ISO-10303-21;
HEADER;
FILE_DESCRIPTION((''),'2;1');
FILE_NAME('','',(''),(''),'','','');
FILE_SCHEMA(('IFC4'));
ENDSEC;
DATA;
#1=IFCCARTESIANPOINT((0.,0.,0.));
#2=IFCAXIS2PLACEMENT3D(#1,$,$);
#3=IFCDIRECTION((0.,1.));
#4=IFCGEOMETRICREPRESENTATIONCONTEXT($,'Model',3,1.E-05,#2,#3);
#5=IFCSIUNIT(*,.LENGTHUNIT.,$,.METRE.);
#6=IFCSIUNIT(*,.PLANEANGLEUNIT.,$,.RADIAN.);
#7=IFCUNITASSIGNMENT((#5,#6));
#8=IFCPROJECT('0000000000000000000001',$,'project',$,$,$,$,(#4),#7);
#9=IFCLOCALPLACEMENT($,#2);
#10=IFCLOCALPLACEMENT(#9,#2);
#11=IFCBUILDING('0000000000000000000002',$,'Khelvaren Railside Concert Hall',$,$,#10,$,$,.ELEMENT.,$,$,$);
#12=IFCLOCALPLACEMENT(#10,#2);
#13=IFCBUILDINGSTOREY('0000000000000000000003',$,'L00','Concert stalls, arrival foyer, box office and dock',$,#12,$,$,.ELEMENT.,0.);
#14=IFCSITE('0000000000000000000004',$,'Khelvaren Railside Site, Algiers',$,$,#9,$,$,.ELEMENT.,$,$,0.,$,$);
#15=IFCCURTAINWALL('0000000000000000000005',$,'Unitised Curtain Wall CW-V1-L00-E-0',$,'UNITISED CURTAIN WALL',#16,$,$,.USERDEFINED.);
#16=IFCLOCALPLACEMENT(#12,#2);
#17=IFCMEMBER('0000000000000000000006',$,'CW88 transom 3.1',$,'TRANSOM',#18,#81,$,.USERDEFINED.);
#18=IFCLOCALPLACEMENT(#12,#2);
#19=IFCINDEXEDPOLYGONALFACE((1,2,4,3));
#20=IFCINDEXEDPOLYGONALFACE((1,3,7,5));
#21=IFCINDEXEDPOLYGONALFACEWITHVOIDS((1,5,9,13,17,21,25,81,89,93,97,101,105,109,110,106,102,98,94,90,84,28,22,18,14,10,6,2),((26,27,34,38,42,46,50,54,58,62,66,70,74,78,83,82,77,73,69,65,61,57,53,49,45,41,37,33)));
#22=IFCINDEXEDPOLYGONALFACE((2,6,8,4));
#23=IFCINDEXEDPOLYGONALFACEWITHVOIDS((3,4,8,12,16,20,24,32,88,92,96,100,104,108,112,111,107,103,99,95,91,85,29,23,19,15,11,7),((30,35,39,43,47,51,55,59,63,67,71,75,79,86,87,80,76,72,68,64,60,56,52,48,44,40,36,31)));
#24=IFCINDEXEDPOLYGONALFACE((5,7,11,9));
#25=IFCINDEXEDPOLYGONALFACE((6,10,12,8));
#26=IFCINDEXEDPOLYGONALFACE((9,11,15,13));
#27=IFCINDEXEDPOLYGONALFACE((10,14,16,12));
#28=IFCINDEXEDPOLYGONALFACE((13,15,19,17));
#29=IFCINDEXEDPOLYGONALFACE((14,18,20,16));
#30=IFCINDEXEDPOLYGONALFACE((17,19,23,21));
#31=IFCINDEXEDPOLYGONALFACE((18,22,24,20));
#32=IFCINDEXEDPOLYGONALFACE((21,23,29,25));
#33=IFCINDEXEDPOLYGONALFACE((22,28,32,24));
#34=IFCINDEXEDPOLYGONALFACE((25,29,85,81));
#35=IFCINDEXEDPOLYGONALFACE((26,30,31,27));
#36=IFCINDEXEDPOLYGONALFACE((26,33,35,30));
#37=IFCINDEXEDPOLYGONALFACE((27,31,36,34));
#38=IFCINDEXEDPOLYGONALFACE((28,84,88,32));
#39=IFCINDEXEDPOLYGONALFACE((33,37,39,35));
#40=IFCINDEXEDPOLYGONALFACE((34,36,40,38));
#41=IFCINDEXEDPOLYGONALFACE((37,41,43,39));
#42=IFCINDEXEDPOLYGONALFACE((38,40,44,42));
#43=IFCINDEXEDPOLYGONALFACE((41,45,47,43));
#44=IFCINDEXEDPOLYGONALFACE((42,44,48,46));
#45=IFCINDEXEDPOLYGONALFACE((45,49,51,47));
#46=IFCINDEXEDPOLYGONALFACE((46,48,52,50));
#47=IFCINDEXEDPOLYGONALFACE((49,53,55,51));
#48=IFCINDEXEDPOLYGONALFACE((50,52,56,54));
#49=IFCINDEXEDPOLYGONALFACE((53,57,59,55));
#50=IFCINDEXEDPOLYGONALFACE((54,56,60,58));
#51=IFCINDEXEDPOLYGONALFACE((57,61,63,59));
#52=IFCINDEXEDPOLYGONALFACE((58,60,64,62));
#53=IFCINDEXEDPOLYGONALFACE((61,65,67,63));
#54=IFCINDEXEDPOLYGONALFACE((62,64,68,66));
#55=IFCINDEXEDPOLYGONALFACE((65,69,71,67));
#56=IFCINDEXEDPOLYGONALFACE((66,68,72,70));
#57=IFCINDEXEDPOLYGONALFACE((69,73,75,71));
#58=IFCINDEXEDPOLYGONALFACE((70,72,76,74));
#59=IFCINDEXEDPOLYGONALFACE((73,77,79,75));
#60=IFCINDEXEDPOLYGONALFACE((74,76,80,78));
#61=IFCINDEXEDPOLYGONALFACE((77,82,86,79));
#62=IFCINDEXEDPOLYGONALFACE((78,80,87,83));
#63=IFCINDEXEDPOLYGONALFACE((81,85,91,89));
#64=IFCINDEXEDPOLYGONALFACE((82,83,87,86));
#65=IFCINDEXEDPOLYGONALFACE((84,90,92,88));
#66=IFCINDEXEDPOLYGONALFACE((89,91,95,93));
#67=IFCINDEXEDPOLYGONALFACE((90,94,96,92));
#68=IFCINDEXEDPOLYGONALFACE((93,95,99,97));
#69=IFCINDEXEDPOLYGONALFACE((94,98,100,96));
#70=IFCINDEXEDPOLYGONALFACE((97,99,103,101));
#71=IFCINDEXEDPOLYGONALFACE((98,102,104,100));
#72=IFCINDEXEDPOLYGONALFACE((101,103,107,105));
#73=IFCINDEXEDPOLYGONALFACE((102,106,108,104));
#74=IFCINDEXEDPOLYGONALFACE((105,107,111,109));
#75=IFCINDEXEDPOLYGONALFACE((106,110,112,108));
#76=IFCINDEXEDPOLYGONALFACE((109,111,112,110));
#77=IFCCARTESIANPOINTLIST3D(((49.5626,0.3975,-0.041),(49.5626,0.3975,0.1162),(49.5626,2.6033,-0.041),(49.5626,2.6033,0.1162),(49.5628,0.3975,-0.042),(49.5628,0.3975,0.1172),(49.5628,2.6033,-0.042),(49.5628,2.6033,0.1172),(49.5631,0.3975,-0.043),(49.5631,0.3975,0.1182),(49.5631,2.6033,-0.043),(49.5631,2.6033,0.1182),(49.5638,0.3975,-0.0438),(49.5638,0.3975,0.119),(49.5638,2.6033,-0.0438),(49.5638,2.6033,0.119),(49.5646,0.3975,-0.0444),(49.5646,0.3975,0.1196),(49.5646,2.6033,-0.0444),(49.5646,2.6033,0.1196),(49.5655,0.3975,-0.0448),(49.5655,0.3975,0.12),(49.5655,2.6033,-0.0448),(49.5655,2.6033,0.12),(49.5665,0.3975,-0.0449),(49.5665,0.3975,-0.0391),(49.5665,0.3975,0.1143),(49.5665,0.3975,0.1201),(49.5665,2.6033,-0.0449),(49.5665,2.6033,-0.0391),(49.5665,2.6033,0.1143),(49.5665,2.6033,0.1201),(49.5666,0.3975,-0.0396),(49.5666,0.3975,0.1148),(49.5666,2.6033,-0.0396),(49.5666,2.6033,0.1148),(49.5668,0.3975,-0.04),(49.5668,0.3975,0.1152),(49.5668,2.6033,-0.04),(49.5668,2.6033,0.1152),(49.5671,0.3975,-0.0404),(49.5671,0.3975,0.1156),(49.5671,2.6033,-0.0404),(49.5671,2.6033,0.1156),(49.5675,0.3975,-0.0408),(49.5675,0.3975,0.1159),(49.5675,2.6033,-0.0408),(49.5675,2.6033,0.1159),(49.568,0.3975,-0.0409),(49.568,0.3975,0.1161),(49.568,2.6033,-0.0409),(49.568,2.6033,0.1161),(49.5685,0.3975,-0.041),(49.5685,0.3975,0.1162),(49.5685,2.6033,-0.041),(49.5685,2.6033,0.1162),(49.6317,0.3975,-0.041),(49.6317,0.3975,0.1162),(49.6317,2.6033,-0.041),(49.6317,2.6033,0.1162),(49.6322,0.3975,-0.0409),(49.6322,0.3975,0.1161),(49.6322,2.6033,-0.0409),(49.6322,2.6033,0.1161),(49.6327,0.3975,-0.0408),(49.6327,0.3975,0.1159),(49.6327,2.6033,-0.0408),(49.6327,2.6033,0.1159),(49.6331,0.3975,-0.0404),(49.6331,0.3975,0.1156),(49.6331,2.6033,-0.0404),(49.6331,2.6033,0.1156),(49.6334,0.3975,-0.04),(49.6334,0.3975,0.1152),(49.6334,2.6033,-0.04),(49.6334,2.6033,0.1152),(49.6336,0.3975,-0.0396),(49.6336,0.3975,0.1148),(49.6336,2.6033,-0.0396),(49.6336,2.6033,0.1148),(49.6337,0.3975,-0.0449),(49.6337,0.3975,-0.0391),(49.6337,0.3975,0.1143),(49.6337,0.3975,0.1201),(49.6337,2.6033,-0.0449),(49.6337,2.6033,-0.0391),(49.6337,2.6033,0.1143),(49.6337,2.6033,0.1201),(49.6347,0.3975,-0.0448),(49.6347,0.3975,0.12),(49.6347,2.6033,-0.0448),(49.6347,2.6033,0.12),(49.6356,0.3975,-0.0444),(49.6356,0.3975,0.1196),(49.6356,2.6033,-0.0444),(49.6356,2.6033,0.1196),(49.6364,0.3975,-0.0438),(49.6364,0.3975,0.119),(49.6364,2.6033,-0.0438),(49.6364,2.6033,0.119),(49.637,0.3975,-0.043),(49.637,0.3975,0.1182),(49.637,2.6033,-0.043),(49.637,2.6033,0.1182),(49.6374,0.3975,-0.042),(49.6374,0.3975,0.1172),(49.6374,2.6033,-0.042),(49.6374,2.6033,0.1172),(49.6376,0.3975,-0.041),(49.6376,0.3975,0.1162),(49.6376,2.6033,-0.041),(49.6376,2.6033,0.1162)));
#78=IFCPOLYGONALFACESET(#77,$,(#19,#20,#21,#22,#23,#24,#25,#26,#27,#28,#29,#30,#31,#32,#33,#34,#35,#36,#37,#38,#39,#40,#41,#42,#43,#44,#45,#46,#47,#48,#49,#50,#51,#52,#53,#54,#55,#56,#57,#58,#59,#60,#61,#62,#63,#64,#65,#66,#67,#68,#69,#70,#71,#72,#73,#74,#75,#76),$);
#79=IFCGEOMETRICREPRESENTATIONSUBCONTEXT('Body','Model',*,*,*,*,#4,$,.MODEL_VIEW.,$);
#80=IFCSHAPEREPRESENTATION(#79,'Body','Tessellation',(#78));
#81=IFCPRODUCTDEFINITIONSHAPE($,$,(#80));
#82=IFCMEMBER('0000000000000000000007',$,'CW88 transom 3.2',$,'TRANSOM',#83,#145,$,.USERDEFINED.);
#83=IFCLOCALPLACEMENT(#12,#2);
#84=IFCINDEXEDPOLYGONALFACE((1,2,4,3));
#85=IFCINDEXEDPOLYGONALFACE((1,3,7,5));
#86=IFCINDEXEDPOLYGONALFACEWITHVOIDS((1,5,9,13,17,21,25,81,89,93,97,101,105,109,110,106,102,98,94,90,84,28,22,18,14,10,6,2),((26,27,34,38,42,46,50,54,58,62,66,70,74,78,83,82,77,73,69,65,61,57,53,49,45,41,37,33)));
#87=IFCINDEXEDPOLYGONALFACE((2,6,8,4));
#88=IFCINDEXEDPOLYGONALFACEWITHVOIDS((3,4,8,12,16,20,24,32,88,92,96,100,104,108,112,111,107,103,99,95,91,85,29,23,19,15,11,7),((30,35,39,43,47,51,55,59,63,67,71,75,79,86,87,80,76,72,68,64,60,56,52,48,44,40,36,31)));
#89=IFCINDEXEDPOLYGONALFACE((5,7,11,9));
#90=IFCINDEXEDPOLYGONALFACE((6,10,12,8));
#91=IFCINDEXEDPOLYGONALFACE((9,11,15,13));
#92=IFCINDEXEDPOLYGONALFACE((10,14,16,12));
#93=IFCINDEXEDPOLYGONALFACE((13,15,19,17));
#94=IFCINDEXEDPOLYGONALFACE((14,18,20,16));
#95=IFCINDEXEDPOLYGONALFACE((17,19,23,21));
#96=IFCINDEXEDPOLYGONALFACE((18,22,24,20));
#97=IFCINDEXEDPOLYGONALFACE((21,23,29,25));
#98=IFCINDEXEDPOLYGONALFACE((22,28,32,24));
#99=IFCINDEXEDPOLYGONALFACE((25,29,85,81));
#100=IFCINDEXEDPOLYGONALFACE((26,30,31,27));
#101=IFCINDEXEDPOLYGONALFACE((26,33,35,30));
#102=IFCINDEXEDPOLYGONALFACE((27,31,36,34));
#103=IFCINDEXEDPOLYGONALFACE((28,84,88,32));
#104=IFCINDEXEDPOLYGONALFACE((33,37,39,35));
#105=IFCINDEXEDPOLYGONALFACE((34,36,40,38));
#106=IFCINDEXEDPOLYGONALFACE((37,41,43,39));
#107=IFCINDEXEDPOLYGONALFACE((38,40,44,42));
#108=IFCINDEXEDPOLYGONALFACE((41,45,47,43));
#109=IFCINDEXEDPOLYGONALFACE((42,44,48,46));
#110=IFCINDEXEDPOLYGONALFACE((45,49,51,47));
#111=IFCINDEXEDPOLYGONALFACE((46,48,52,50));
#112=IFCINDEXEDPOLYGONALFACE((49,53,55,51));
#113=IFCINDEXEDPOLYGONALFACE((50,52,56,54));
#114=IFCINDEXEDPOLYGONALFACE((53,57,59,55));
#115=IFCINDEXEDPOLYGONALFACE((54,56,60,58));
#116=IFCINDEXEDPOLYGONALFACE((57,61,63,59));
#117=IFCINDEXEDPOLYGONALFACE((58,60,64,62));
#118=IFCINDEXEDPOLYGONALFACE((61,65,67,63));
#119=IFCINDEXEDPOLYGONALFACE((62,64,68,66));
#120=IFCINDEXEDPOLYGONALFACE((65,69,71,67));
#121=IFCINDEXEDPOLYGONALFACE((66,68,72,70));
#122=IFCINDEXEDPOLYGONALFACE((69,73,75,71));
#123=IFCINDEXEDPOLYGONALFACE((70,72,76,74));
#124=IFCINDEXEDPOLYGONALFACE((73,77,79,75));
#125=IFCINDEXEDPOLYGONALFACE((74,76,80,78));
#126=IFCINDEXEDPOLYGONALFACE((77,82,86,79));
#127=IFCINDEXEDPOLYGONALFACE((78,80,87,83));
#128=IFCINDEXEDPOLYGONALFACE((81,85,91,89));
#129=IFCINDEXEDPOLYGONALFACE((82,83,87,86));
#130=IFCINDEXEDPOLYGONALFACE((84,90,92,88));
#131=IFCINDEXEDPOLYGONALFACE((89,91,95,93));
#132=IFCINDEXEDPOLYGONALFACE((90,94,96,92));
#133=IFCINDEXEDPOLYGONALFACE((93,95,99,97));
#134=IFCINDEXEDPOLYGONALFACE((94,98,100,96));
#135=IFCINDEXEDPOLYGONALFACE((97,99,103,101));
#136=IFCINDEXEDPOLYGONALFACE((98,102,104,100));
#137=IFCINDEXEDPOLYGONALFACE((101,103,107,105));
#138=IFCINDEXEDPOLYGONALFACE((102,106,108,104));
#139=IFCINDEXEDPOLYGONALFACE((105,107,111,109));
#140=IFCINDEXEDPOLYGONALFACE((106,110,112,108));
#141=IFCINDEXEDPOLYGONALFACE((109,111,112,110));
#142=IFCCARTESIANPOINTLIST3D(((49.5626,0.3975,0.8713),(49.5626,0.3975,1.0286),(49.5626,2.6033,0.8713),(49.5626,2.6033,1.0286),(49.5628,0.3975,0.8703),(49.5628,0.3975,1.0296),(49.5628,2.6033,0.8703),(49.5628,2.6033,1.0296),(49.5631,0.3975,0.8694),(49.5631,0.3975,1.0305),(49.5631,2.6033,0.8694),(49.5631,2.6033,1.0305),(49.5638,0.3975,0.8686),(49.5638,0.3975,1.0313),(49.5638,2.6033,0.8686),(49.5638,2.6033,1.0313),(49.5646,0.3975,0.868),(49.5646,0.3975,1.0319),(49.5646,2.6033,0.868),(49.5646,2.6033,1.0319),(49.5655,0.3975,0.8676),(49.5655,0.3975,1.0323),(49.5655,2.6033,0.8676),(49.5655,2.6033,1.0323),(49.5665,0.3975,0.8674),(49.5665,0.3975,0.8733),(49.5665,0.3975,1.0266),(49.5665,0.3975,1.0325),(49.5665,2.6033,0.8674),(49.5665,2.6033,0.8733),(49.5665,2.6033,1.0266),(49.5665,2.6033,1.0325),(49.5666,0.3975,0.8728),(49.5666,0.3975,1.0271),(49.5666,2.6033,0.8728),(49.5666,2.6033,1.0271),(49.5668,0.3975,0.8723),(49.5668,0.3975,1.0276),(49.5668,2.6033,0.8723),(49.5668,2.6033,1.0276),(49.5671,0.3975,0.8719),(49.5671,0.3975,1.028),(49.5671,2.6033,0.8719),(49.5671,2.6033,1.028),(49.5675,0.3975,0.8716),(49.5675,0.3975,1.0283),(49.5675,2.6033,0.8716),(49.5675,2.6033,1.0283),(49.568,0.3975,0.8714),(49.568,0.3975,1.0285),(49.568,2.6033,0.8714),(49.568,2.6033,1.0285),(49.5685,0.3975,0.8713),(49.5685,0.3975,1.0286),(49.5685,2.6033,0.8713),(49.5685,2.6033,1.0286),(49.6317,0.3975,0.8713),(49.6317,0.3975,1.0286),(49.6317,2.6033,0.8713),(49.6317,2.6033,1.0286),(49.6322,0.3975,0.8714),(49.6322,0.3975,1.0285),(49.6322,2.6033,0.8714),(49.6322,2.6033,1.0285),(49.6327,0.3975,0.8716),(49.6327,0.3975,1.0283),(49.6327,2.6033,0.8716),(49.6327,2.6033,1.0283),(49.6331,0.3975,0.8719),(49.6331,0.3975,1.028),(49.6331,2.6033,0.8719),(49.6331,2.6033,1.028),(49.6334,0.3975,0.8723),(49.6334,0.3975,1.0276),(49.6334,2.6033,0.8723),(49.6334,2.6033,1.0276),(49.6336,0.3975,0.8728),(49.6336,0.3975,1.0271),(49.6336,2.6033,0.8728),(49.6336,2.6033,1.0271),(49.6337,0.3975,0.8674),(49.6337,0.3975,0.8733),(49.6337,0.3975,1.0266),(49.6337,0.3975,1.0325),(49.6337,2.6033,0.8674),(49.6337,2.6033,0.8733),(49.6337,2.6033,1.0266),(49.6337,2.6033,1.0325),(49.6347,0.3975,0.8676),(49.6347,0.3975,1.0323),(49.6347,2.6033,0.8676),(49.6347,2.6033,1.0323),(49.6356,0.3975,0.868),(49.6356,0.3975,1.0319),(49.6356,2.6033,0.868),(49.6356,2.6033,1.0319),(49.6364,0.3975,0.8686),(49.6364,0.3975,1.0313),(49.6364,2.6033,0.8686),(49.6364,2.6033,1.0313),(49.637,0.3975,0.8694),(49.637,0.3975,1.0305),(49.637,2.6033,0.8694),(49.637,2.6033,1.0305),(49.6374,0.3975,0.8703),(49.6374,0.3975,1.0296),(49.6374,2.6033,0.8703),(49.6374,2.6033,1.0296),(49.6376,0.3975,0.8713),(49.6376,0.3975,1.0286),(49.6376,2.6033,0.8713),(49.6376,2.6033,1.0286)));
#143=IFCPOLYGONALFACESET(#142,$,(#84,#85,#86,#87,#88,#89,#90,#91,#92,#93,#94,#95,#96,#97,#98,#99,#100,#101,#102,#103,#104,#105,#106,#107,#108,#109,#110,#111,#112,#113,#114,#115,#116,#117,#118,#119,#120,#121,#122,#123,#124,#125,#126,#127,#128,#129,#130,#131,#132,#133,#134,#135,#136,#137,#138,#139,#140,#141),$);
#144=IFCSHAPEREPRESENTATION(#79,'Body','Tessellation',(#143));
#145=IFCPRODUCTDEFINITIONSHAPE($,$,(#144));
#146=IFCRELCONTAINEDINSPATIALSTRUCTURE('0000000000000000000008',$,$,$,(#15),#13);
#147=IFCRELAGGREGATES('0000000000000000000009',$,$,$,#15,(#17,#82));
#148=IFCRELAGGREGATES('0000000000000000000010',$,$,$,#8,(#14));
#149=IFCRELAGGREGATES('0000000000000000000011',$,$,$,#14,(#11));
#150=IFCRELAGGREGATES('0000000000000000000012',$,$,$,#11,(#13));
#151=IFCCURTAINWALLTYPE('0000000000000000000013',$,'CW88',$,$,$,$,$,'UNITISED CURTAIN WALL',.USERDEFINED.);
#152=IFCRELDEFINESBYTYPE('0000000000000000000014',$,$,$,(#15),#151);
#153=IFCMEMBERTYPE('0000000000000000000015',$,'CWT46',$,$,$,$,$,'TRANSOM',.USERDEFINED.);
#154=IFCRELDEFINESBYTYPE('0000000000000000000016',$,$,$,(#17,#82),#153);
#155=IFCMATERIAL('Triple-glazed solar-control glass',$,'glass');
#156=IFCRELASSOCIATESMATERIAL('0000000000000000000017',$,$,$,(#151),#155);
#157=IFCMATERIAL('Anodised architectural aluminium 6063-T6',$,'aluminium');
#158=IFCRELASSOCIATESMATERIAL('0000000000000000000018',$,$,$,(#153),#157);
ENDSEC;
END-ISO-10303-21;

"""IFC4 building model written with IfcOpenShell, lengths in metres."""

from ifc_helpers import new_model, si_unit, direction, frame, origin, origin_2d, place, context, subcontext, project, spatial, hollow_rectangle, extrude, material, material_profile, profile_set, type_object, element, aggregate, save


model = new_model("IFC4")

# Units and contexts
model_context = context("Model", 3, precision=1e-05, world=origin(), true_north=direction((0.0, 1.0)))
body_context = subcontext(model_context, "Body", "Model", "MODEL_VIEW")
ifc_project = project(units=[si_unit("LENGTHUNIT", "METRE"), si_unit("PLANEANGLEUNIT", "RADIAN")], contexts=[model_context])

# Site, building, storey
site_placement = place(None, origin())
site = spatial("IfcSite", under=ifc_project, at=site_placement, Name="Khelvaren Railside Site, Algiers", CompositionType="ELEMENT", RefElevation=0.0)
building_placement = place(site_placement, origin())
building = spatial("IfcBuilding", under=site, at=building_placement, Name="Khelvaren Railside Concert Hall", CompositionType="ELEMENT")
storey_placement = place(building_placement, origin())
storey = spatial("IfcBuildingStorey", under=building, at=storey_placement, Name="L00", Description="Concert stalls, arrival foyer, box office and dock", CompositionType="ELEMENT", Elevation=0.0)

# Curtain wall, members
ifc_material_1 = material(Name="Triple-glazed solar-control glass", Category="glass")
curtain_wall_type = type_object("IfcCurtainWallType", Name="CW88", ElementType="UNITISED CURTAIN WALL", PredefinedType="USERDEFINED", material=ifc_material_1)
curtain_wall_placement = place(storey_placement, origin())
curtain_wall = element("IfcCurtainWall", 1, at=curtain_wall_placement, inside=storey, type_object=curtain_wall_type, Name="Unitised Curtain Wall CW-V1-L00-E-0", ObjectType="UNITISED CURTAIN WALL", PredefinedType="USERDEFINED")
ifc_material_2 = material(Name="Anodised architectural aluminium 6063-T6", Category="aluminium")
ifc_material_profile_1 = material_profile(ifc_material_2, hollow_rectangle(XDim=0.075, YDim=0.165, WallThickness=0.0039, InnerFilletRadius=0.002, OuterFilletRadius=0.0039, at=origin_2d()), Name="CWT 75x165x4")
ifc_profile_set_1 = profile_set([ifc_material_profile_1], Name="Anodised architectural aluminium 6063-T6")
member_type_1 = type_object("IfcMemberType", Name="CWT46", ElementType="TRANSOM", PredefinedType="USERDEFINED", material=ifc_profile_set_1)
member_1_placement = place(storey_placement, frame((49.6001, 2.6033, 0.0376), z_axis=(0.0, -1.0, 0.0), x_axis=(1.0, 0.0, 0.0)))
member_1 = element("IfcMember", 2, at=member_1_placement, type_object=member_type_1, Name="CW88 transom 3.1", ObjectType="TRANSOM", PredefinedType="USERDEFINED", context=body_context, shape_type="SweptSolid", body=[
    extrude(hollow_rectangle(XDim=0.075, YDim=0.165, WallThickness=0.0039, InnerFilletRadius=0.002, OuterFilletRadius=0.0039, at=origin_2d()), origin(), (0.0, 0.0, 1.0), 2.2058),
])
member_2_placement = place(storey_placement, frame((49.6001, 2.6033, 0.95), z_axis=(0.0, -1.0, 0.0), x_axis=(1.0, 0.0, 0.0)))
member_2 = element("IfcMember", 3, at=member_2_placement, type_object=member_type_1, Name="CW88 transom 3.2", ObjectType="TRANSOM", PredefinedType="USERDEFINED", context=body_context, shape_type="SweptSolid", body=[
    extrude(hollow_rectangle(XDim=0.075, YDim=0.165, WallThickness=0.0039, InnerFilletRadius=0.002, OuterFilletRadius=0.0039, at=origin_2d()), origin(), (0.0, 0.0, 1.0), 2.2058),
])

aggregate(curtain_wall, [member_1, member_2])

save(model, "model.ifc")
